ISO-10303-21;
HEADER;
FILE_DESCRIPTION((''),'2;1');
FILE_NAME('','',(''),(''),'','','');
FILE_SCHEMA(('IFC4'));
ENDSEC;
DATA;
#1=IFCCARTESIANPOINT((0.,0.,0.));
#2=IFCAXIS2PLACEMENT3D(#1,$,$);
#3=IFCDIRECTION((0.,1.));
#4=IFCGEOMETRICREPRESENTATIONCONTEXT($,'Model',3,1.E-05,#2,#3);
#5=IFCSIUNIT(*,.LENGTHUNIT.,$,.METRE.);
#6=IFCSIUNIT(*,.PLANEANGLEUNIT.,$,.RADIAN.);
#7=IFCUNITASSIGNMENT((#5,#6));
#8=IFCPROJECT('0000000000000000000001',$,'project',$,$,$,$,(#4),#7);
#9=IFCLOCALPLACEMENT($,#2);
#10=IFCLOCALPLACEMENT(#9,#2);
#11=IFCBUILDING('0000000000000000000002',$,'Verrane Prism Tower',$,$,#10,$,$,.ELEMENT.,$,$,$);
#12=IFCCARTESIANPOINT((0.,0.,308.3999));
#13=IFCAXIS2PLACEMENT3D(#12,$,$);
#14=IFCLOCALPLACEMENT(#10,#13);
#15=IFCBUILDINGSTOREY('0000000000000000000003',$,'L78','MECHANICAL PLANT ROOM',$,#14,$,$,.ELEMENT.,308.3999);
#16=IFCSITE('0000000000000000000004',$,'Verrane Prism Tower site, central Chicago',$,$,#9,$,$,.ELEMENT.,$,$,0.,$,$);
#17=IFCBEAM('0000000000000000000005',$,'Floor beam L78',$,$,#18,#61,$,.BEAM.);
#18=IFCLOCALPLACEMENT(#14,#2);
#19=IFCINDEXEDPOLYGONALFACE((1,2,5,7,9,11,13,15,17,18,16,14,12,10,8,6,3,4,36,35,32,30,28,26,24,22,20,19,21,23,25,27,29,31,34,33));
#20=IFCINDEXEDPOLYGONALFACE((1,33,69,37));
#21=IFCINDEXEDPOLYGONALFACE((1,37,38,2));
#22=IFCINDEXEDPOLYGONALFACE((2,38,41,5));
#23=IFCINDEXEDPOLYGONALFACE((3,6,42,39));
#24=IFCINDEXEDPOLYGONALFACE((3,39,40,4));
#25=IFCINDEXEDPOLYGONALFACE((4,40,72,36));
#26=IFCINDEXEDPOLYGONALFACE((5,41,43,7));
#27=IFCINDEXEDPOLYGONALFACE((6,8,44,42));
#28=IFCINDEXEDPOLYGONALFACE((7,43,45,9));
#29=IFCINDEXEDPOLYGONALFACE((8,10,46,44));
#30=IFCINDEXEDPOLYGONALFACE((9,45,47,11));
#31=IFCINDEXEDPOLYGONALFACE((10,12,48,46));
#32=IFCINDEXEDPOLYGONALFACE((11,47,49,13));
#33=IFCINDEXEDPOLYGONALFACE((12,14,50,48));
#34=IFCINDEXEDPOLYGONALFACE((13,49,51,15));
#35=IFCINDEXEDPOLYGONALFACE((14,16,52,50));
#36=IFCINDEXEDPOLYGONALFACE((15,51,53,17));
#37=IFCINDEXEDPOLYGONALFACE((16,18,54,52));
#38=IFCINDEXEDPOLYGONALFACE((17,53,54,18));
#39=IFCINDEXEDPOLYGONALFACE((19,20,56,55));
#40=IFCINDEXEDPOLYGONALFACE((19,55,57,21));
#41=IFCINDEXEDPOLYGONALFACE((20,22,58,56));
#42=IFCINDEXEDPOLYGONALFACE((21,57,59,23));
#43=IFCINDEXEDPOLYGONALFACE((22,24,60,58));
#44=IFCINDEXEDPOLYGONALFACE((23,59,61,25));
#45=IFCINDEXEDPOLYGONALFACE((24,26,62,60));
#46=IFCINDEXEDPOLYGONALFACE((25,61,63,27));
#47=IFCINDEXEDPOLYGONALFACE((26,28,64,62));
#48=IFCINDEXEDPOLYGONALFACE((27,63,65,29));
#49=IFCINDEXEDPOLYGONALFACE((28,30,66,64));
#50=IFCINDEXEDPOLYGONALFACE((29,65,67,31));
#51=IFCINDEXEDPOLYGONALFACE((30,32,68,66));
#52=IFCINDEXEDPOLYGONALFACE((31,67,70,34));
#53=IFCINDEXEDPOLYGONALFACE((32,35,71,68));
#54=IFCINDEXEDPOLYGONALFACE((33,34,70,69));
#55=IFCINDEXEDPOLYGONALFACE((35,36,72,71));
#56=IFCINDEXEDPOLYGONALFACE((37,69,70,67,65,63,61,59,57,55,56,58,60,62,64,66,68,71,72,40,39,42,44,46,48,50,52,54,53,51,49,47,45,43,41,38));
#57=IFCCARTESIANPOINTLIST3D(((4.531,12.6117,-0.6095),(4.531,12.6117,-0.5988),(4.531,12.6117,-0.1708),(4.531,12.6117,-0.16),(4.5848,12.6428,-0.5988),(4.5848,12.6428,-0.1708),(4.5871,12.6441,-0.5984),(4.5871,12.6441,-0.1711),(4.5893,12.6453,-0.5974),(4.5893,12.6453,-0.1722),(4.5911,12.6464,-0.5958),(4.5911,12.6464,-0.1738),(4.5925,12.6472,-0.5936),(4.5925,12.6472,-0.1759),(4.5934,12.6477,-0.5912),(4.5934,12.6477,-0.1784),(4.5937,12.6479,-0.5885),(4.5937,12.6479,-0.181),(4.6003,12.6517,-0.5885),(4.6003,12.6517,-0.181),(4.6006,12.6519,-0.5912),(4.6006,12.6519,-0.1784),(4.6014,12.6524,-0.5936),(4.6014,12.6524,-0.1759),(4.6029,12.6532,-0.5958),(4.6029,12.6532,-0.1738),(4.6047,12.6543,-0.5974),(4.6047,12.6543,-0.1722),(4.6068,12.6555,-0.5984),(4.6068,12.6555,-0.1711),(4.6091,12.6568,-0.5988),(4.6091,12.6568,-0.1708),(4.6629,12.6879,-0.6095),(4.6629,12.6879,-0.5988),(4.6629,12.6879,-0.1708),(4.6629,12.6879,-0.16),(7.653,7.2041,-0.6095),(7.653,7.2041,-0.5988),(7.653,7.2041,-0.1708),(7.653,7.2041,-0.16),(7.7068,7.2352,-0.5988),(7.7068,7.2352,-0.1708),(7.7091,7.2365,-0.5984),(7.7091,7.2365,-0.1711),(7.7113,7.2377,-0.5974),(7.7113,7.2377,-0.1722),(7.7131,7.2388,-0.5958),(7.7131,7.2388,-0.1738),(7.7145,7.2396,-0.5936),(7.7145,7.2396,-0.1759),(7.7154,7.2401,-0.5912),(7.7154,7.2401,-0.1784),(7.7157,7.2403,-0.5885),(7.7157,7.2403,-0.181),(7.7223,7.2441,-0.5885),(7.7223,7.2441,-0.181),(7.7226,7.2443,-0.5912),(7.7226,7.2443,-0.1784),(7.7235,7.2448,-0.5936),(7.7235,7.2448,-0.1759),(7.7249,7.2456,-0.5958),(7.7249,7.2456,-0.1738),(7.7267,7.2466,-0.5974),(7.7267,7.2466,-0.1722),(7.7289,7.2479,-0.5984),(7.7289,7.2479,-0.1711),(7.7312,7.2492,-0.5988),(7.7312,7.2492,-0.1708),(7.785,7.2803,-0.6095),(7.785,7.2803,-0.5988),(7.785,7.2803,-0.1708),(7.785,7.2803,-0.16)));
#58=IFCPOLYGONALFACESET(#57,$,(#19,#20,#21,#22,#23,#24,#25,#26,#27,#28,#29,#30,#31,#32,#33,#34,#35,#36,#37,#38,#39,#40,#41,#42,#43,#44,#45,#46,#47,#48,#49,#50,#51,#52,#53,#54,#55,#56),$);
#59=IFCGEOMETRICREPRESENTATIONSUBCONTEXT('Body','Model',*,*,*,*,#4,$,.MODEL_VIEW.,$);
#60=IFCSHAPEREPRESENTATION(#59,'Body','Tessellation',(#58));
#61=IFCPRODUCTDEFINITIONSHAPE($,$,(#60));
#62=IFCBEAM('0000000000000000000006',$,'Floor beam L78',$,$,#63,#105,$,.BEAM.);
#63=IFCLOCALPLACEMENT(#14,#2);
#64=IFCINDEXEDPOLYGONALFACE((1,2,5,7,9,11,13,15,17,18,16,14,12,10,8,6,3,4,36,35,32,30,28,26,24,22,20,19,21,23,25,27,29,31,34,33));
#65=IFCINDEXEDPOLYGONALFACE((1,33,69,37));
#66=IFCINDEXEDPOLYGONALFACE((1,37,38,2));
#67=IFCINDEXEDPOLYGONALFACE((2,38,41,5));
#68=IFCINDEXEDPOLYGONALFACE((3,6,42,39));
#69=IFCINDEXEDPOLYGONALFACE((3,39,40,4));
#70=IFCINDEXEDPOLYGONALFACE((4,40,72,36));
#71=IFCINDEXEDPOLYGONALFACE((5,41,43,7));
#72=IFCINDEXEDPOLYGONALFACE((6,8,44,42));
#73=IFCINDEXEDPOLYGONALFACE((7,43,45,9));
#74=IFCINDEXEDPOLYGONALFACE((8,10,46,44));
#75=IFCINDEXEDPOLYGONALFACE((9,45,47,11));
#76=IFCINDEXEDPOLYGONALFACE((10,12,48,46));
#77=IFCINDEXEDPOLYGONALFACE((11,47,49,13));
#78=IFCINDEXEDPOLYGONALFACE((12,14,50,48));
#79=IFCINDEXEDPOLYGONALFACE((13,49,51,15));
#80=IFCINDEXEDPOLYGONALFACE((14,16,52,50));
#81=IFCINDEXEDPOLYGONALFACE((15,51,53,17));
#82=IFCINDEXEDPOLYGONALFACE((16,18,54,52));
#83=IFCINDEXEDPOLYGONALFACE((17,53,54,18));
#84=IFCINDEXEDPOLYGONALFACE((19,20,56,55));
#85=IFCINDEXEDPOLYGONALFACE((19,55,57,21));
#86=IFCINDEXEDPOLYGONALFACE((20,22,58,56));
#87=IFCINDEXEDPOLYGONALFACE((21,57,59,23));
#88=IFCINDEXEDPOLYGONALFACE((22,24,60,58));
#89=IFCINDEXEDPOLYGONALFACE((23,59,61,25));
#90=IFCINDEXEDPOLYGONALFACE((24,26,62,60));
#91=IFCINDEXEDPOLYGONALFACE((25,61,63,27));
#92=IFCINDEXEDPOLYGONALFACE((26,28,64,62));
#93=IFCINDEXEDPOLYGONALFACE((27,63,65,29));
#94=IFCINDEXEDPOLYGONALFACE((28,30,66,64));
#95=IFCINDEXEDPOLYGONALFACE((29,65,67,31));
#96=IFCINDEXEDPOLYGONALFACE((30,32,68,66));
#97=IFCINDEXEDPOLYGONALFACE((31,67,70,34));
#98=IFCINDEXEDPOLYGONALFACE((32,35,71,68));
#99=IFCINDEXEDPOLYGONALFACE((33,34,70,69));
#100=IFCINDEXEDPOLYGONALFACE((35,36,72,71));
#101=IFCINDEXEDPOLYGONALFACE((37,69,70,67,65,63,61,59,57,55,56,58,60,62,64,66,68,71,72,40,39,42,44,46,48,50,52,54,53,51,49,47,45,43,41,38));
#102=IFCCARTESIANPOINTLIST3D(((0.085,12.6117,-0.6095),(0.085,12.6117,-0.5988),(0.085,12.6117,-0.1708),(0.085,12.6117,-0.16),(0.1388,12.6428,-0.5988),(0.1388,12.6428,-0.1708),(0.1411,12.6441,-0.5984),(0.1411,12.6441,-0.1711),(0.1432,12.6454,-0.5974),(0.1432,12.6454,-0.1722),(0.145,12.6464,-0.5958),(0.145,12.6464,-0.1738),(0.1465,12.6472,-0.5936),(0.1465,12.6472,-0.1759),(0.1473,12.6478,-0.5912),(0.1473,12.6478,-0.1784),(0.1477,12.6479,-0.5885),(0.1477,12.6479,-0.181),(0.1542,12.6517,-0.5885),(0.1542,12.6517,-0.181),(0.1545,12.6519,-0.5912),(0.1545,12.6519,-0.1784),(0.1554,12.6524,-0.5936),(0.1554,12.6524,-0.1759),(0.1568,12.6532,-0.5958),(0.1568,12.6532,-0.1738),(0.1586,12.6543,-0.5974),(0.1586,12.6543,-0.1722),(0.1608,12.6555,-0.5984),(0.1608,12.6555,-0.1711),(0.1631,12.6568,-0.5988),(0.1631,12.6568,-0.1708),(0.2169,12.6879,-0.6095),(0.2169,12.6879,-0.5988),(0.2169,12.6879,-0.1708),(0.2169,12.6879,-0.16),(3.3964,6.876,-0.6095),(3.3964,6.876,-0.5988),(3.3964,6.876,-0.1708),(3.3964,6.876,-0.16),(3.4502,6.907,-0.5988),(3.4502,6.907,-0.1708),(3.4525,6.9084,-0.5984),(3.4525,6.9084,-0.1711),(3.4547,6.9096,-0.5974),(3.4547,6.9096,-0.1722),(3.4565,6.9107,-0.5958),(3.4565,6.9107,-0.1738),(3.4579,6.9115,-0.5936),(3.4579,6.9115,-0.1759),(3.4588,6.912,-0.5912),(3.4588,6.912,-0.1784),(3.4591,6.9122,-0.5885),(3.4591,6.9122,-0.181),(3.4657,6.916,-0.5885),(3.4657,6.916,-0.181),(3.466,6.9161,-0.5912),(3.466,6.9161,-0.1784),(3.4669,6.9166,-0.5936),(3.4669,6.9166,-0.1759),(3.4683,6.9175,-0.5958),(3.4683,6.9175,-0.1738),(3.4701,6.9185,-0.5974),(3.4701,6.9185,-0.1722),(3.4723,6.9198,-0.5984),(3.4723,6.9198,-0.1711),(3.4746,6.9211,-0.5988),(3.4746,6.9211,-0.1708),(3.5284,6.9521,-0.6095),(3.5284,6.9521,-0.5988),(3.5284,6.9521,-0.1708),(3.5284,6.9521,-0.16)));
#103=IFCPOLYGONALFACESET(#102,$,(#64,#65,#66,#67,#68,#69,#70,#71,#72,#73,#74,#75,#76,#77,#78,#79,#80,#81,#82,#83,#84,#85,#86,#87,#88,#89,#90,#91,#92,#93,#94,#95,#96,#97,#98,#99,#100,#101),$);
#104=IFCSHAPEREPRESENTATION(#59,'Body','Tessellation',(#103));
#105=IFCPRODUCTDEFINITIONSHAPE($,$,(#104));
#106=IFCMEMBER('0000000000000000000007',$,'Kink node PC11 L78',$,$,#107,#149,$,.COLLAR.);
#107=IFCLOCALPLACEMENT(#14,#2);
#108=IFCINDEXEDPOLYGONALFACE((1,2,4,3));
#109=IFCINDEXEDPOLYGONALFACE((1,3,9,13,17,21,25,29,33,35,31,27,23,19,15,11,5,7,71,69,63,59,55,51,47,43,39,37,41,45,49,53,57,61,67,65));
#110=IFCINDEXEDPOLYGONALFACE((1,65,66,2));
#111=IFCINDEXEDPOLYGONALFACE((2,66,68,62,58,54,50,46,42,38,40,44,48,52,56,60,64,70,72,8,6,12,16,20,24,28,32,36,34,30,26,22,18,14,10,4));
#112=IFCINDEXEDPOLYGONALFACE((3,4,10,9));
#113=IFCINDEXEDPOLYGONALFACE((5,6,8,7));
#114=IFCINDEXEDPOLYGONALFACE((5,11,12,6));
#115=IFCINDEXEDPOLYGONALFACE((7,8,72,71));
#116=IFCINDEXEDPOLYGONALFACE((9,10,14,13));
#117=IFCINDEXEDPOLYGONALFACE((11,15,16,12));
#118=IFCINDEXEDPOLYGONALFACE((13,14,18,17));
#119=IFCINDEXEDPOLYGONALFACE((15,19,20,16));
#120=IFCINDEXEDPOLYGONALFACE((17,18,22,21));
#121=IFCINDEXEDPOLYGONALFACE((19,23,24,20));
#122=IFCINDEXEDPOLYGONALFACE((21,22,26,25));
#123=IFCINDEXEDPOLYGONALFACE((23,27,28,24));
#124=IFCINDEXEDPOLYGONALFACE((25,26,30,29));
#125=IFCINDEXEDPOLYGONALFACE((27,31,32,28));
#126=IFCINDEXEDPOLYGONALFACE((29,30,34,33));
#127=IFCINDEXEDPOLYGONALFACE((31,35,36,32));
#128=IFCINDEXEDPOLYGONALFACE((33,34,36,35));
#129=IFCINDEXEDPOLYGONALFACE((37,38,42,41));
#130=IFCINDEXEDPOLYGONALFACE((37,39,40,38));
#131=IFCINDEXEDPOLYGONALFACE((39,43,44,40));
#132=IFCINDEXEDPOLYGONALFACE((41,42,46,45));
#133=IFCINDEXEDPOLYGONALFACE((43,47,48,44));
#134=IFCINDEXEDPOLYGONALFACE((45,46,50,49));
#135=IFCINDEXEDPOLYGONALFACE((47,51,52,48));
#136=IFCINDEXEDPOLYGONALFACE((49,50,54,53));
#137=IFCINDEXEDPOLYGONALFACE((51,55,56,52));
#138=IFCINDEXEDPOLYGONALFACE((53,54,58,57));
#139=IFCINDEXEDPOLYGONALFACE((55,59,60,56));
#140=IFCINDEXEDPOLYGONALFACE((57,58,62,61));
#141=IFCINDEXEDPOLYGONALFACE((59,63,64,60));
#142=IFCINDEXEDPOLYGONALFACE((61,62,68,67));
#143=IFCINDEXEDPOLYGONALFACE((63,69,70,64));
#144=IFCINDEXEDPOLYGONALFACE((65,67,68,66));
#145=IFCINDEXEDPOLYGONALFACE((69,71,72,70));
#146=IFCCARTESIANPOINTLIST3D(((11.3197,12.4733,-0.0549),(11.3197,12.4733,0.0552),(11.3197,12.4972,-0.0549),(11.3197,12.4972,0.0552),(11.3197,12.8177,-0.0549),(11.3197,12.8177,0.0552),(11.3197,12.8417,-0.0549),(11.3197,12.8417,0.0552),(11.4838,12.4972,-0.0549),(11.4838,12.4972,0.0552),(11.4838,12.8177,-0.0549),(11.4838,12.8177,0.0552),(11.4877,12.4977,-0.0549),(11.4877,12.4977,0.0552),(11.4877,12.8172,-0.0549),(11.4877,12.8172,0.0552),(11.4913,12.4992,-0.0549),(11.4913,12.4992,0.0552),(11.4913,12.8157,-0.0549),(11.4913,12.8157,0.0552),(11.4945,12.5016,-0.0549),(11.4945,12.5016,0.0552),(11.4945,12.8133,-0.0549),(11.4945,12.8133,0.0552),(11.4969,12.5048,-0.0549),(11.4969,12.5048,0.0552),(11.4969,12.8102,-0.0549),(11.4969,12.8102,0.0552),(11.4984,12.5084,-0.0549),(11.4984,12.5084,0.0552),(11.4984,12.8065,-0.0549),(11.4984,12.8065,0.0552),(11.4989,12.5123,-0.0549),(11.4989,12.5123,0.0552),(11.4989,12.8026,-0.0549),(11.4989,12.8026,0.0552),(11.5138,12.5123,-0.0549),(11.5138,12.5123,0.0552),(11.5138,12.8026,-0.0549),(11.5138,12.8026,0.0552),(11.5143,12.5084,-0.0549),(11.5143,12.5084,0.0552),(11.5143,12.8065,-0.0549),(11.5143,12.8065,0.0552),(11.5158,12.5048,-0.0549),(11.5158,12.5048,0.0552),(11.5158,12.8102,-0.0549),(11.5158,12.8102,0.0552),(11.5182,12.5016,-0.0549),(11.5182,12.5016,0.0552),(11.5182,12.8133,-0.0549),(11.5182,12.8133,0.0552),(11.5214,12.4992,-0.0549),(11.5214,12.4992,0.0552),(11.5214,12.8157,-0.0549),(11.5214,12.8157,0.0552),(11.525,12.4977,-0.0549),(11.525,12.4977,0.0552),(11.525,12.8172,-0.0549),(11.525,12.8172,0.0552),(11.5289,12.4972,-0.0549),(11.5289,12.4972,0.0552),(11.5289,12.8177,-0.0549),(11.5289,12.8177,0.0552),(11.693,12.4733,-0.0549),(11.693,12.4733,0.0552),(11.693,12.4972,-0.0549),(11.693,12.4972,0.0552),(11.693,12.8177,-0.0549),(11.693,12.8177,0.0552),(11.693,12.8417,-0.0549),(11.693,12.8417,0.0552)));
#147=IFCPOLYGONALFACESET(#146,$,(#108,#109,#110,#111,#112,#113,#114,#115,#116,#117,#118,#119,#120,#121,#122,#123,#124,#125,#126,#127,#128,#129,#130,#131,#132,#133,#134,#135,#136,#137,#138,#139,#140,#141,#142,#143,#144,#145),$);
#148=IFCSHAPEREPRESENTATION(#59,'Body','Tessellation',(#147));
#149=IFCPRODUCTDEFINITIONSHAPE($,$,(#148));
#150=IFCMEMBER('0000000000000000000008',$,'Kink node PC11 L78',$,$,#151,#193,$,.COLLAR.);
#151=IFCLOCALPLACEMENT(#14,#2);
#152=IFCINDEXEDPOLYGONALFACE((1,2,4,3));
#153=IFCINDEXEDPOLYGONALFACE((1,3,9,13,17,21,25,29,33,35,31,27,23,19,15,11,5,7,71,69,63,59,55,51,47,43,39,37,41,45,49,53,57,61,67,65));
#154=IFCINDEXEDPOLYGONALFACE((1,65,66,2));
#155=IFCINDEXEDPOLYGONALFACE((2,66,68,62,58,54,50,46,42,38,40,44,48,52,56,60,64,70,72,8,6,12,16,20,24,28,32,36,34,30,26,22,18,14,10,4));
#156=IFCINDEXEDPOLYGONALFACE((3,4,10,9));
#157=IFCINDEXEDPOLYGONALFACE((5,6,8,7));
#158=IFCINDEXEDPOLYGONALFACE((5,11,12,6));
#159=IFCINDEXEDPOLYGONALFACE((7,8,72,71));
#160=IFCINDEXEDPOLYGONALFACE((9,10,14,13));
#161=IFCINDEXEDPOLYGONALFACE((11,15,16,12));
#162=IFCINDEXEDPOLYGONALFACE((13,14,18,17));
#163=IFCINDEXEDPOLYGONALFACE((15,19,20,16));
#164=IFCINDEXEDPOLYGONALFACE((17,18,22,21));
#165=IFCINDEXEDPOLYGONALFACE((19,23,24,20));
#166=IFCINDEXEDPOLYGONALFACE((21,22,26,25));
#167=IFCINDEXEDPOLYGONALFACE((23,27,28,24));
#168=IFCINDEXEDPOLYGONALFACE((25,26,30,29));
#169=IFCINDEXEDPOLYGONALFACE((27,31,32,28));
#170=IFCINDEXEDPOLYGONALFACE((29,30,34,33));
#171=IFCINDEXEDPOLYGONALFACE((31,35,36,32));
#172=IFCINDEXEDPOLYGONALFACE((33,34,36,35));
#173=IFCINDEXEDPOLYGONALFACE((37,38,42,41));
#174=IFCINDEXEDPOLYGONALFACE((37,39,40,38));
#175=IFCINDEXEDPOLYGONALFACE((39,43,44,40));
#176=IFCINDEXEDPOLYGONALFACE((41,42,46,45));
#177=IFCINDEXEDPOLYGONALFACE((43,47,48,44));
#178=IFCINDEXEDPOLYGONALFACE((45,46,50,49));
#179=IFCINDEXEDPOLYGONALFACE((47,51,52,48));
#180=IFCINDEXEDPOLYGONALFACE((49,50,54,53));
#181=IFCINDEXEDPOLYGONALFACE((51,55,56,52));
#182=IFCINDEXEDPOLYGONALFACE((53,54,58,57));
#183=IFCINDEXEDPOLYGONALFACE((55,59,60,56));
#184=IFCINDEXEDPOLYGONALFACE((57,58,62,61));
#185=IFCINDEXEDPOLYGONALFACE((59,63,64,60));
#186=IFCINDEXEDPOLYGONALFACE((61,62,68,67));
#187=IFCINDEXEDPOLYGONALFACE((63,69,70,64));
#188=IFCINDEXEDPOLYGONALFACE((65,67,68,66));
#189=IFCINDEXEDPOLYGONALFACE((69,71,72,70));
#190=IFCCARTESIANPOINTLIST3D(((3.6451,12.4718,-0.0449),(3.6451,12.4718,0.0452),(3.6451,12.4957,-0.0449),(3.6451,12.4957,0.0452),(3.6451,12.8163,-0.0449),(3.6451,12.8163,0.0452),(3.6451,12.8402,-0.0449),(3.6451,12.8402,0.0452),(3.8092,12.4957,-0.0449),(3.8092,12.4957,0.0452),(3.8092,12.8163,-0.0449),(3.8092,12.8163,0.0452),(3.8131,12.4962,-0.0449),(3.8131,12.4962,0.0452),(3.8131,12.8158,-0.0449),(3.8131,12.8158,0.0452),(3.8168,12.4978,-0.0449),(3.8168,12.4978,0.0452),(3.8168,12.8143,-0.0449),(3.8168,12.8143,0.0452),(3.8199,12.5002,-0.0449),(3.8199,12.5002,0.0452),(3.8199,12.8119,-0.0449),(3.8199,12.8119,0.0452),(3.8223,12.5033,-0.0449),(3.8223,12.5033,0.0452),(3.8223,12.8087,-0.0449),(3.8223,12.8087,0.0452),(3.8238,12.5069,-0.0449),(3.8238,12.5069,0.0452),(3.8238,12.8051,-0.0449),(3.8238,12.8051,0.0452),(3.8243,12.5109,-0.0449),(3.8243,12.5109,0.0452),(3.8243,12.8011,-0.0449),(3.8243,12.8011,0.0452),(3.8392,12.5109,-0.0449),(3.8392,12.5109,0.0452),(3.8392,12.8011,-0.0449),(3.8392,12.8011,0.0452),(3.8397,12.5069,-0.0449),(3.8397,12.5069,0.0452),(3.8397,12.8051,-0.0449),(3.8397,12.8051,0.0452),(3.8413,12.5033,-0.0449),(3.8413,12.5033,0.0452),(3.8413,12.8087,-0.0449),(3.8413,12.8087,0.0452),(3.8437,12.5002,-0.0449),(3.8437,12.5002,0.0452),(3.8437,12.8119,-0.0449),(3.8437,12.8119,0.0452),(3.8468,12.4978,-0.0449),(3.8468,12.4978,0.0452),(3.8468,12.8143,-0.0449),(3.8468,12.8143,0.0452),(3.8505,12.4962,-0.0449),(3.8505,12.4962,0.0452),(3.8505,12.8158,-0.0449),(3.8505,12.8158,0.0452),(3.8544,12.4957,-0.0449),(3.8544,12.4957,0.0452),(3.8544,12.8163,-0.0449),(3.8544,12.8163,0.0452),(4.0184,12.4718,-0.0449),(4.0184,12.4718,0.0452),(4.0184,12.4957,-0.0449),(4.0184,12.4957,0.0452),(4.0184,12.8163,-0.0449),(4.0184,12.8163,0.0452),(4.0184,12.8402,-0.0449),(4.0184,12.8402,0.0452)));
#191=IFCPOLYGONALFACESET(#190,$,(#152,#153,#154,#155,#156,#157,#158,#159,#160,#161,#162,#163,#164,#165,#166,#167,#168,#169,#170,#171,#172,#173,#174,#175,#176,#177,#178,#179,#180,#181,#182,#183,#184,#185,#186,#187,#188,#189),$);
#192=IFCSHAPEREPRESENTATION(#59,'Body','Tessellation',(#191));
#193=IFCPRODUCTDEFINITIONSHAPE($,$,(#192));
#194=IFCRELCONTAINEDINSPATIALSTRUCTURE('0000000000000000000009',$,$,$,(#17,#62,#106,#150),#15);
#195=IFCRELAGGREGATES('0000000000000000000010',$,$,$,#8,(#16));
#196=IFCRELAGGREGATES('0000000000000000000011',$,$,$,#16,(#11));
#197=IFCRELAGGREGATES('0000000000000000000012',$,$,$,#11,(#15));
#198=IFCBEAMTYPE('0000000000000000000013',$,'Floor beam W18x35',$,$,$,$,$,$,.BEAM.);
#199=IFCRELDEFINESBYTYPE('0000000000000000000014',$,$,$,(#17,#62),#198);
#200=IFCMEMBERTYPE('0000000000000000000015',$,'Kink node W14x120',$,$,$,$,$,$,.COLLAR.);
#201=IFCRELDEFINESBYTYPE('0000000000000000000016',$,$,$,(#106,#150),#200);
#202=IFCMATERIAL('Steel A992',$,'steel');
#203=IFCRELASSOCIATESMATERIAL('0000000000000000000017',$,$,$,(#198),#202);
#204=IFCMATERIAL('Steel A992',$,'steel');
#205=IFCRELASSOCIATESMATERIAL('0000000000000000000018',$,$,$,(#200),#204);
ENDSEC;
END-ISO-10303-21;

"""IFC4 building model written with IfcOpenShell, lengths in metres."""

from ifc_helpers import new_model, si_unit, direction, frame, origin, origin_2d, place, context, subcontext, project, spatial, i_section, extrude, material, material_profile, profile_set, type_object, element, save


model = new_model("IFC4")

# Units and contexts
model_context = context("Model", 3, precision=1e-05, world=origin(), true_north=direction((0.0, 1.0)))
body_context = subcontext(model_context, "Body", "Model", "MODEL_VIEW")
ifc_project = project(units=[si_unit("LENGTHUNIT", "METRE"), si_unit("PLANEANGLEUNIT", "RADIAN")], contexts=[model_context])

# Site, building, storey
site_placement = place(None, origin())
site = spatial("IfcSite", under=ifc_project, at=site_placement, Name="Verrane Prism Tower site, central Chicago", CompositionType="ELEMENT", RefElevation=0.0)
building_placement = place(site_placement, origin())
building = spatial("IfcBuilding", under=site, at=building_placement, Name="Verrane Prism Tower", CompositionType="ELEMENT")
storey_placement = place(building_placement, frame((0.0, 0.0, 308.3999)))
storey = spatial("IfcBuildingStorey", under=building, at=storey_placement, Name="L78", Description="MECHANICAL PLANT ROOM", CompositionType="ELEMENT", Elevation=308.3999)

# Beams
ifc_material_1 = material(Name="Steel A992", Category="steel")
ifc_material_profile_1 = material_profile(ifc_material_1, i_section(OverallWidth=0.1523, OverallDepth=0.4495, WebThickness=0.0076, FlangeThickness=0.0107, FilletRadius=0.0103, at=origin_2d()), Name="W18x35")
ifc_profile_set_1 = profile_set([ifc_material_profile_1], Name="Steel A992")
beam_type_1 = type_object("IfcBeamType", Name="Floor beam W18x35", PredefinedType="BEAM", material=ifc_profile_set_1)
beam_1_placement = place(storey_placement, frame((7.719, 7.2422, -0.3848), z_axis=(-0.499991, 0.866031, 0.0), x_axis=(-0.866031, -0.499991, 0.0)))
element("IfcBeam", 1, at=beam_1_placement, inside=storey, type_object=beam_type_1, Name="Floor beam L78", PredefinedType="BEAM", context=body_context, shape_type="SweptSolid", body=[
    extrude(i_section(OverallWidth=0.1523, OverallDepth=0.4495, WebThickness=0.0076, FlangeThickness=0.0107, FilletRadius=0.0103, at=origin_2d()), origin(), (0.0, 0.0, 1.0), 6.2441),
])
beam_2_placement = place(storey_placement, frame((3.4624, 6.9141, -0.3848), z_axis=(-0.499993, 0.86603, 0.0), x_axis=(-0.86603, -0.499993, 0.0)))
element("IfcBeam", 2, at=beam_2_placement, inside=storey, type_object=beam_type_1, Name="Floor beam L78", PredefinedType="BEAM", context=body_context, shape_type="SweptSolid", body=[
    extrude(i_section(OverallWidth=0.1523, OverallDepth=0.4495, WebThickness=0.0076, FlangeThickness=0.0107, FilletRadius=0.0103, at=origin_2d()), origin(), (0.0, 0.0, 1.0), 6.623),
])

# Members
ifc_material_2 = material(Name="Steel A992", Category="steel")
ifc_material_profile_2 = material_profile(ifc_material_2, i_section(OverallWidth=0.3733, OverallDepth=0.3684, WebThickness=0.0149, FlangeThickness=0.0239, FilletRadius=0.0151, at=origin_2d()), Name="W14x120")
ifc_profile_set_2 = profile_set([ifc_material_profile_2], Name="Steel A992")
member_type_1 = type_object("IfcMemberType", Name="Kink node W14x120", PredefinedType="COLLAR", material=ifc_profile_set_2)
member_1_placement = place(storey_placement, frame((11.5063, 12.6575, -0.0549), z_axis=(0.0, 0.0, 1.0), x_axis=(1.0, 0.0, 0.0)))
element("IfcMember", 3, at=member_1_placement, inside=storey, type_object=member_type_1, Name="Kink node PC11 L78", PredefinedType="COLLAR", context=body_context, shape_type="SweptSolid", body=[
    extrude(i_section(OverallWidth=0.3733, OverallDepth=0.3684, WebThickness=0.0149, FlangeThickness=0.0239, FilletRadius=0.0151, at=origin_2d()), origin(), (0.0, 0.0, 1.0), 0.1101),
])
member_2_placement = place(storey_placement, frame((3.8318, 12.656, -0.0449), z_axis=(0.0, 0.0, 1.0), x_axis=(1.0, 0.0, 0.0)))
element("IfcMember", 4, at=member_2_placement, inside=storey, type_object=member_type_1, Name="Kink node PC11 L78", PredefinedType="COLLAR", context=body_context, shape_type="SweptSolid", body=[
    extrude(i_section(OverallWidth=0.3733, OverallDepth=0.3684, WebThickness=0.0149, FlangeThickness=0.0239, FilletRadius=0.0151, at=origin_2d()), origin(), (0.0, 0.0, 1.0), 0.0901),
])

save(model, "model.ifc")
